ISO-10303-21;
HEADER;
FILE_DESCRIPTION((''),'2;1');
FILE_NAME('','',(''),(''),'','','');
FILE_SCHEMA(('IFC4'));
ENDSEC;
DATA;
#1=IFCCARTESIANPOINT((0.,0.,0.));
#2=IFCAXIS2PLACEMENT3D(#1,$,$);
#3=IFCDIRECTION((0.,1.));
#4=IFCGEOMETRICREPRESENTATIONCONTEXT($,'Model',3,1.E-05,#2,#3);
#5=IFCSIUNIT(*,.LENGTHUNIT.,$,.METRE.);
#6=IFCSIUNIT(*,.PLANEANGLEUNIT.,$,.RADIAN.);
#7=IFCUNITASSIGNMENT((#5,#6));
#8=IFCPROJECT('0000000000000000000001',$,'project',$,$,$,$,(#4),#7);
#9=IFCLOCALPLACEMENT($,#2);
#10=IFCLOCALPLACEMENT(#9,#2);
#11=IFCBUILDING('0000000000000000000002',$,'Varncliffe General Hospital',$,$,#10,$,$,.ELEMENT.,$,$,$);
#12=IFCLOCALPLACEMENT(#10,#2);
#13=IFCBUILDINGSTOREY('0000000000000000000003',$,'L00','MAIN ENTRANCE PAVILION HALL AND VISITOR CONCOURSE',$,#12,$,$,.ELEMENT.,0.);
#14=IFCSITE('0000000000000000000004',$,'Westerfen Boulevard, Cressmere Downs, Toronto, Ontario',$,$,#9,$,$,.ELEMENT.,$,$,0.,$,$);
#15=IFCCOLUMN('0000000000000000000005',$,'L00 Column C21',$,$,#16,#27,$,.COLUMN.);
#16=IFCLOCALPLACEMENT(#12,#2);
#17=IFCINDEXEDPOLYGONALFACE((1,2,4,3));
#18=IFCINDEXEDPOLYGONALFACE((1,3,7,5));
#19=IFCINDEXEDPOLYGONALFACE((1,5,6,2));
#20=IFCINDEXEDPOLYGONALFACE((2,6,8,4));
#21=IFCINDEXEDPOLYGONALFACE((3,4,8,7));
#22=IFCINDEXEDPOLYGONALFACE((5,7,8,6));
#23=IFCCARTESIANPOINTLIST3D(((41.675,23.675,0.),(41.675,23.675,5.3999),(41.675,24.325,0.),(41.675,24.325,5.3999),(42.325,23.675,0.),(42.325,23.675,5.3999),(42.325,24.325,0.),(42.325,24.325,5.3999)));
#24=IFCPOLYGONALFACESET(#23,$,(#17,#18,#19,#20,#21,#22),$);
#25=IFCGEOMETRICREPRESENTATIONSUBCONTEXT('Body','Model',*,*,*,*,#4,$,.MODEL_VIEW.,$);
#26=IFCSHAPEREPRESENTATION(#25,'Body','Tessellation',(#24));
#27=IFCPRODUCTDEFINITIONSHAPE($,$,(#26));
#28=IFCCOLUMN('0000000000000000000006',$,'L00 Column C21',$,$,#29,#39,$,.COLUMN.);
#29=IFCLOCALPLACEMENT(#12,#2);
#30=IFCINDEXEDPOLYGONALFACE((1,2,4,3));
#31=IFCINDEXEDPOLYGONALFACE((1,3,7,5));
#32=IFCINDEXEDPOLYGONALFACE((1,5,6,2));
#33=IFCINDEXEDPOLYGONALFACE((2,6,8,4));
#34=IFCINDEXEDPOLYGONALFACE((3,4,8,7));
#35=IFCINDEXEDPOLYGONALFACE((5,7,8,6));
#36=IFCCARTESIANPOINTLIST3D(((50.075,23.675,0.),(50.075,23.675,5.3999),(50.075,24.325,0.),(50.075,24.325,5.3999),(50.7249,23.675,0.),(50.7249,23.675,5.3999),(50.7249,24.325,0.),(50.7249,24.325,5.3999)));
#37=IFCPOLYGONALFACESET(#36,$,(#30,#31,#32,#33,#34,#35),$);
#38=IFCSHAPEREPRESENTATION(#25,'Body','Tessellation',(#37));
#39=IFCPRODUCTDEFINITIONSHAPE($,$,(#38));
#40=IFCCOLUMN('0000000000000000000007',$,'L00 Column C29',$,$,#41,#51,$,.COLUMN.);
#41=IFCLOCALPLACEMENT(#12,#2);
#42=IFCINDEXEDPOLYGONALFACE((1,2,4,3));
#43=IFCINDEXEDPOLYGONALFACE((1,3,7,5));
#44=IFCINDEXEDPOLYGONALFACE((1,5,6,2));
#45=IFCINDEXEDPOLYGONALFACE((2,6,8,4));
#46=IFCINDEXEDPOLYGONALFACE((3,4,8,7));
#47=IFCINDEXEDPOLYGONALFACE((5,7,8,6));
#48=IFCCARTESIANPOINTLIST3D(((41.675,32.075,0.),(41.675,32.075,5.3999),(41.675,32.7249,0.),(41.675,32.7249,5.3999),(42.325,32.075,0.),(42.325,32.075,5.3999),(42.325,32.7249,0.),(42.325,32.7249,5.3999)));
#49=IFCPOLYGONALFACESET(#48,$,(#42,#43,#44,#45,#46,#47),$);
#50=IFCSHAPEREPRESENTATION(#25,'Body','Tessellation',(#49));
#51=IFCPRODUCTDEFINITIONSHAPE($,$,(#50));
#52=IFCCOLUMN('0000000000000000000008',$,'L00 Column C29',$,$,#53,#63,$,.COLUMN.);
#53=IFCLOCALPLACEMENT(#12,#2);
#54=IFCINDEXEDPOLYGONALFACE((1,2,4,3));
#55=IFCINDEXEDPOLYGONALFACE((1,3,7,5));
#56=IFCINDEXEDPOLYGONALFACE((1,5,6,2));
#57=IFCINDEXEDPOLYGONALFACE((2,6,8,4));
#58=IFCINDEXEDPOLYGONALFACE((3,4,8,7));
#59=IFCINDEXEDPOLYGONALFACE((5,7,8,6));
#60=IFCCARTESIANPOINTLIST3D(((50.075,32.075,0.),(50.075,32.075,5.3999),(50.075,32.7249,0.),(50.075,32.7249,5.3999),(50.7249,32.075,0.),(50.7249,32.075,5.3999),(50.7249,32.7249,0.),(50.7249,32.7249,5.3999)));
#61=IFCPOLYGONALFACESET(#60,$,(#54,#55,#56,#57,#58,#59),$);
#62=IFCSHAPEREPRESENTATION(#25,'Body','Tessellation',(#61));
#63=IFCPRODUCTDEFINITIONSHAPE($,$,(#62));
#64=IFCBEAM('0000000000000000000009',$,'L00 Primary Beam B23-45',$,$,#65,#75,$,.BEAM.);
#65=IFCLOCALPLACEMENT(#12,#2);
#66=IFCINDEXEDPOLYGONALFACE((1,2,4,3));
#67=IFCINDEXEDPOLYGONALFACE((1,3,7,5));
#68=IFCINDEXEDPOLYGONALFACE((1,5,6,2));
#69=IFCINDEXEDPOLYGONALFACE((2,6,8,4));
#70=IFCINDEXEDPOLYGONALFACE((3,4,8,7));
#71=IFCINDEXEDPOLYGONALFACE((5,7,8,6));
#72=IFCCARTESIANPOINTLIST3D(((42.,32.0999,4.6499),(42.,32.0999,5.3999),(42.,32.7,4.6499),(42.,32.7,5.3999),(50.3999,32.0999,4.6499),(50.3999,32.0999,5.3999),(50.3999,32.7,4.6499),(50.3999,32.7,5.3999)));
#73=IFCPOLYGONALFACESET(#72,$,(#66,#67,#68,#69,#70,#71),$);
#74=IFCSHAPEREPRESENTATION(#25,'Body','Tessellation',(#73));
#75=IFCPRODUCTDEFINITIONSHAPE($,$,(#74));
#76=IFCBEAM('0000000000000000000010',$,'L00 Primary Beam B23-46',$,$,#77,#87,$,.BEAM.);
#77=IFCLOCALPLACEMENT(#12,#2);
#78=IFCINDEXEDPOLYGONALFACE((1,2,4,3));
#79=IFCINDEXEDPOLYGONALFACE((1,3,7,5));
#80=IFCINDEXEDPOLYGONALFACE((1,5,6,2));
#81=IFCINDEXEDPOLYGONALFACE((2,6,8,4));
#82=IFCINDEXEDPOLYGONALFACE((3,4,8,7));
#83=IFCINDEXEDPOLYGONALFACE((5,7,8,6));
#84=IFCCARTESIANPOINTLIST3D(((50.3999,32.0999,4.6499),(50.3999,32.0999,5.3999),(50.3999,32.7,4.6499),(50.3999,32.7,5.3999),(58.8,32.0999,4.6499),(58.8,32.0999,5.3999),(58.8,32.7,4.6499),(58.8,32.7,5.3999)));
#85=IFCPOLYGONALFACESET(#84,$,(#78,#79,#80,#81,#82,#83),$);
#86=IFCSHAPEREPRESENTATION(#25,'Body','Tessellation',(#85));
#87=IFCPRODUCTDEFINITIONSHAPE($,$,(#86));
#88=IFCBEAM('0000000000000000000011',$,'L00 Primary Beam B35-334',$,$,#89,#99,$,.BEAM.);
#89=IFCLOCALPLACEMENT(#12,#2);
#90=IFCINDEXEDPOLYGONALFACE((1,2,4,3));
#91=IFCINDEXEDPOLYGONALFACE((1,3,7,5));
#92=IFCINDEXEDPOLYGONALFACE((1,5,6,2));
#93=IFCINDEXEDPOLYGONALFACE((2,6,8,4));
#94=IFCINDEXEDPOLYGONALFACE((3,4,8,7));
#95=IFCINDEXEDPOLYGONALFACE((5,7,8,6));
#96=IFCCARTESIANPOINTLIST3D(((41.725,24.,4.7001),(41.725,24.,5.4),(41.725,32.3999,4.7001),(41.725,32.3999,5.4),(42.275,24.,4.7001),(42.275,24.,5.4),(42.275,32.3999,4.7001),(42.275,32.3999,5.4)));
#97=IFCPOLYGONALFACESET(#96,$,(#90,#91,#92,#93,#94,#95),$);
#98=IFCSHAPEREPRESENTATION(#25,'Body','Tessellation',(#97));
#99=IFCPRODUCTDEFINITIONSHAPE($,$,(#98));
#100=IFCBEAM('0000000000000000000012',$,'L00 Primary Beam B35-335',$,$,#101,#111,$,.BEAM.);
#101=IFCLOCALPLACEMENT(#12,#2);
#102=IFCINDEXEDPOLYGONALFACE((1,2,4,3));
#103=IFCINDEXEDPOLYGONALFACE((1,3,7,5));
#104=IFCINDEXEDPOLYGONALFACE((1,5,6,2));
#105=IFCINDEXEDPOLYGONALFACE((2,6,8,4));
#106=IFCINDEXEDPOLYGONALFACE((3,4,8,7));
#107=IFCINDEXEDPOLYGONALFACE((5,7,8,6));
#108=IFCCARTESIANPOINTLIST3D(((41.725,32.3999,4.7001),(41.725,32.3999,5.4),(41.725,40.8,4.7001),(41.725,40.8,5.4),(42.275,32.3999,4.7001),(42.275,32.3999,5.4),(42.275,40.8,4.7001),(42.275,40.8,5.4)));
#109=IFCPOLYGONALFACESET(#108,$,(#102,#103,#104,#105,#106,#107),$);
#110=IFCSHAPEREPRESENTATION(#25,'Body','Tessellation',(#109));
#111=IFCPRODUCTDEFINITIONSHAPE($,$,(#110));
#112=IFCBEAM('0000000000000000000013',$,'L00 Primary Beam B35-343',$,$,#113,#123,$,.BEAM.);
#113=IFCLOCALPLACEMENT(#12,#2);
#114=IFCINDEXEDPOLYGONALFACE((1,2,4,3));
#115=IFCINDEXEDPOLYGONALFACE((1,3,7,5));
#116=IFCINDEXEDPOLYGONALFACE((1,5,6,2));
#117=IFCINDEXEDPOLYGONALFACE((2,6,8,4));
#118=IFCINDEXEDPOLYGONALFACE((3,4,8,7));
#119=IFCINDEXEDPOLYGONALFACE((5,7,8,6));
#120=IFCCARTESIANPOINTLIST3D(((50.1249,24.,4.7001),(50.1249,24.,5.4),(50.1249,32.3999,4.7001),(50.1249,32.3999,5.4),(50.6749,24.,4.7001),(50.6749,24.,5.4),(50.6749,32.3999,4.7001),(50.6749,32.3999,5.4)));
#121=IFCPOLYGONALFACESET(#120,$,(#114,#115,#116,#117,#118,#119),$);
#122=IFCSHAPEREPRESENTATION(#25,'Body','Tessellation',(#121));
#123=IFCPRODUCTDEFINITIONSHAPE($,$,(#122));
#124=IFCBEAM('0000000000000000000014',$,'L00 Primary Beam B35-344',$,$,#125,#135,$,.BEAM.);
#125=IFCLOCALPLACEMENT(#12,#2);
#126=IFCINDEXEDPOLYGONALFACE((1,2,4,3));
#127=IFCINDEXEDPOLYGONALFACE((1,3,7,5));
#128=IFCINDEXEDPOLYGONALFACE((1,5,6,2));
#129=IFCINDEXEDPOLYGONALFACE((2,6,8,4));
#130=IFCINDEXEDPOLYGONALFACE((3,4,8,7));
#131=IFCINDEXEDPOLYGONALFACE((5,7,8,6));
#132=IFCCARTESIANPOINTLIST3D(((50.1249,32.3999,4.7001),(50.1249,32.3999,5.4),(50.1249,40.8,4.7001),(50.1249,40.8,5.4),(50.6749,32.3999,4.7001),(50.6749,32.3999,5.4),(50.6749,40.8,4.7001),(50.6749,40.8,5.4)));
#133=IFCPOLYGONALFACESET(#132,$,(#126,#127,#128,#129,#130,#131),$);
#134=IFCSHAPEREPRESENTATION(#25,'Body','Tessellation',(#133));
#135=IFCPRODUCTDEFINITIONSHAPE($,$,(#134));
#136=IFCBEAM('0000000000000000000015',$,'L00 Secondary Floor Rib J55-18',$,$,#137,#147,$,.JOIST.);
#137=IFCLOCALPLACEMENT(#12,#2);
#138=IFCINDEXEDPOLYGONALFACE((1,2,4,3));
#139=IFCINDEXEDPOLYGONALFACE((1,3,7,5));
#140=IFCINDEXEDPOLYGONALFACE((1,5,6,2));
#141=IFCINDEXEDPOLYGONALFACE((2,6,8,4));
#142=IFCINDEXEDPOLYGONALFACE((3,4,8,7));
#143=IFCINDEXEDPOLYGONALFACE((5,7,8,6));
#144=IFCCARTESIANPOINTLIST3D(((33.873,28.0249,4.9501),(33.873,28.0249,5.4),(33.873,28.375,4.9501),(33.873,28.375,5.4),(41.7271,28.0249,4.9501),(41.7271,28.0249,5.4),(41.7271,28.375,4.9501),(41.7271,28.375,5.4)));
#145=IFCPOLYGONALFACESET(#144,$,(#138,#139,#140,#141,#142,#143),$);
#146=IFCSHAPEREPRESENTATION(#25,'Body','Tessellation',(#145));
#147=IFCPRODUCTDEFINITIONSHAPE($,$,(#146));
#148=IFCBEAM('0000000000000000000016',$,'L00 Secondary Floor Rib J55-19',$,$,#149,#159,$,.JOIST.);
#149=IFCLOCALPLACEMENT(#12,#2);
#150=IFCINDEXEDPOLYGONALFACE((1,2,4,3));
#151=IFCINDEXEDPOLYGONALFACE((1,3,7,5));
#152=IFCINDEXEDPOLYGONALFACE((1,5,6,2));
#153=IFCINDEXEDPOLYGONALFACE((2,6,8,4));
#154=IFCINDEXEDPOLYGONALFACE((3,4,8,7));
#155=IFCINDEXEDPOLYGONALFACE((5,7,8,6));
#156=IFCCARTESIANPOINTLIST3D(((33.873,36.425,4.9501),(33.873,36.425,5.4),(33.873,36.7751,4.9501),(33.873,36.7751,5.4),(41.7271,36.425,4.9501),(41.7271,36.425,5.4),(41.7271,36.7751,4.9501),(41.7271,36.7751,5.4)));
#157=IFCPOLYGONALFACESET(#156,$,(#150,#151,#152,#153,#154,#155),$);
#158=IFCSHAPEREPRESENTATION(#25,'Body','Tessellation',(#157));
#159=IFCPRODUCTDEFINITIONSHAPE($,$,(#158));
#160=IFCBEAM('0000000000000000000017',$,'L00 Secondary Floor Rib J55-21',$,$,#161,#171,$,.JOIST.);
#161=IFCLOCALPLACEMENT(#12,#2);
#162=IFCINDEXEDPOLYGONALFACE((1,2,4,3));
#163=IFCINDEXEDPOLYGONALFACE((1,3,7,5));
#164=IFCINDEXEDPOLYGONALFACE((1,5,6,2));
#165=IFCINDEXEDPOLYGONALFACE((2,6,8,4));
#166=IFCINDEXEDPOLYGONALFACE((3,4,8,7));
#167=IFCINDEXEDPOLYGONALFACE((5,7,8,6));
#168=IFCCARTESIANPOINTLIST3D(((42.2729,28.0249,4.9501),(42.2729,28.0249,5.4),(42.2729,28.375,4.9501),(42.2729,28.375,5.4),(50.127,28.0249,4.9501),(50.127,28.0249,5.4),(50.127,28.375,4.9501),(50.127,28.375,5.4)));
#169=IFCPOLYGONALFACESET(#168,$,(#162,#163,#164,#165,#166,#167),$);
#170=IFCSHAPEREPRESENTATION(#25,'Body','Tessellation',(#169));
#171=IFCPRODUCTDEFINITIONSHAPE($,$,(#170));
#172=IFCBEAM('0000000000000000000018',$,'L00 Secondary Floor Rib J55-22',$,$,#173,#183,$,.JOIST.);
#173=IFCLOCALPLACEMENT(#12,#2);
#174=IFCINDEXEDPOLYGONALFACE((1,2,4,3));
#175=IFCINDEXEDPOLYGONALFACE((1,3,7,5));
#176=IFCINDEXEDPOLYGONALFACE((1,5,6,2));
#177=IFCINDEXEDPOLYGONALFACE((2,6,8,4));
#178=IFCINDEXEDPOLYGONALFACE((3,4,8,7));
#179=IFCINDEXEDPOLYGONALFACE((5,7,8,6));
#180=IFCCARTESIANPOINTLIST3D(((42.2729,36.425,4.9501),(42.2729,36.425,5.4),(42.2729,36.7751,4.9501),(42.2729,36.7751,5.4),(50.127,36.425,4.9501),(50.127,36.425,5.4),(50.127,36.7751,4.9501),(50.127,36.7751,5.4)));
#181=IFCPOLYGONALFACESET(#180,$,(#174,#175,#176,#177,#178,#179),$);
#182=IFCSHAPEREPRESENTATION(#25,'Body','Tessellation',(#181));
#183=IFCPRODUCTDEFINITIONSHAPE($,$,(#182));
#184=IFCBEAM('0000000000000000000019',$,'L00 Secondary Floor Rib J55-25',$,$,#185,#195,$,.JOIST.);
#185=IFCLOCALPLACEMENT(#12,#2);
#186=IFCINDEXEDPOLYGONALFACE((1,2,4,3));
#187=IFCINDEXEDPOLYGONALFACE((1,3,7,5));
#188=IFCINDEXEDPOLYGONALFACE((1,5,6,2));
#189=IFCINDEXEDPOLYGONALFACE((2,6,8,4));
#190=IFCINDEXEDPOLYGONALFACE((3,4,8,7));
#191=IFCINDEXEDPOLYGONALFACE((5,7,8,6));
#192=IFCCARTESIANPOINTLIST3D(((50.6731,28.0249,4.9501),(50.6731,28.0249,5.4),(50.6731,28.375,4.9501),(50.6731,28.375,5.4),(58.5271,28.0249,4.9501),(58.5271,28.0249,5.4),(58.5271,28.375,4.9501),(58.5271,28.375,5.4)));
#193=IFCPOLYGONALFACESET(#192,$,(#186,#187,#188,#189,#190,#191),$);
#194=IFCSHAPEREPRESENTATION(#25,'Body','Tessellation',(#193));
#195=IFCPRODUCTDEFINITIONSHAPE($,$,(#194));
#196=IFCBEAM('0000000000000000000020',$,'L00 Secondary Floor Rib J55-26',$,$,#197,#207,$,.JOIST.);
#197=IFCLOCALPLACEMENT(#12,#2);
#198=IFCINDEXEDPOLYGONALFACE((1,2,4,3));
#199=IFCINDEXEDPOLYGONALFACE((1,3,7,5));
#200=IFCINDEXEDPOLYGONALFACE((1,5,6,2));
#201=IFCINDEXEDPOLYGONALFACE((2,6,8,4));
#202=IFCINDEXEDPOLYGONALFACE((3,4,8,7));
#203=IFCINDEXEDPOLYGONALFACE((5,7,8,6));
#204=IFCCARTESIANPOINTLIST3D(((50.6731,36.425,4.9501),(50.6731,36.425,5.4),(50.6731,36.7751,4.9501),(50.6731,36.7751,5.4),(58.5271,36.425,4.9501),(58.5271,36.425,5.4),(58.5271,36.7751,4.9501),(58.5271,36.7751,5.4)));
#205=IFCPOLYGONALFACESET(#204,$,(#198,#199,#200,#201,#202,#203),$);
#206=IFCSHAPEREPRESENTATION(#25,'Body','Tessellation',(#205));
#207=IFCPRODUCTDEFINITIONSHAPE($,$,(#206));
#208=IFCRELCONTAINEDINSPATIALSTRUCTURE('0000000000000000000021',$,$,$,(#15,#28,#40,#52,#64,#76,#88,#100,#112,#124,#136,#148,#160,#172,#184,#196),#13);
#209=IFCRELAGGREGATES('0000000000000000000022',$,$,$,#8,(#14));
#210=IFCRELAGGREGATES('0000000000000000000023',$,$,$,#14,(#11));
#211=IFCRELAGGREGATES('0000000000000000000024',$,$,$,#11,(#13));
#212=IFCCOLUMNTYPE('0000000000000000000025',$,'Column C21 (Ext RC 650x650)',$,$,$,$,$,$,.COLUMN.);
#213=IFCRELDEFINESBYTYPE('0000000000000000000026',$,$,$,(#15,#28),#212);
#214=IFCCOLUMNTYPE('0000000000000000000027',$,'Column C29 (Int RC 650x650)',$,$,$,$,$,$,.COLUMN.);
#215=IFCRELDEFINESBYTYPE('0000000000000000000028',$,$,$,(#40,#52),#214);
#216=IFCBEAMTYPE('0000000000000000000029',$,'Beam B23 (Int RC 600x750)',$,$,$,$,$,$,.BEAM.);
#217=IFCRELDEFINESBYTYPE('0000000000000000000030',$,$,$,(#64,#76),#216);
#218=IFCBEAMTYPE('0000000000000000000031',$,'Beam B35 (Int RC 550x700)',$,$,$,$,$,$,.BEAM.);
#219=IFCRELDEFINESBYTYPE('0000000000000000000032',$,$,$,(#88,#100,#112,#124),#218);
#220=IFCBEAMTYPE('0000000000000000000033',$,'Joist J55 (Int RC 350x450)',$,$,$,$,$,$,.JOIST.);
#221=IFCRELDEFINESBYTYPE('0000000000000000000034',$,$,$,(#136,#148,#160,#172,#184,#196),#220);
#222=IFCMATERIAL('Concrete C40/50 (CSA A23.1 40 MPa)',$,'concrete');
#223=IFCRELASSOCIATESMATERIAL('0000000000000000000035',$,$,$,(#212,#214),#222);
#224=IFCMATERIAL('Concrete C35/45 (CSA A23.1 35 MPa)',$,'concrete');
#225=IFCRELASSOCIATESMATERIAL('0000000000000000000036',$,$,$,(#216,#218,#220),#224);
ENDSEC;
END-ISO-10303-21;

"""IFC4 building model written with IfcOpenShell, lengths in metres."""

from ifc_helpers import new_model, si_unit, direction, frame, origin, origin_2d, place, context, subcontext, project, spatial, rectangle, extrude, material, material_profile, profile_set, type_object, element, save


model = new_model("IFC4")

# Units and contexts
model_context = context("Model", 3, precision=1e-05, world=origin(), true_north=direction((0.0, 1.0)))
body_context = subcontext(model_context, "Body", "Model", "MODEL_VIEW")
ifc_project = project(units=[si_unit("LENGTHUNIT", "METRE"), si_unit("PLANEANGLEUNIT", "RADIAN")], contexts=[model_context])

# Site, building, storey
site_placement = place(None, origin())
site = spatial("IfcSite", under=ifc_project, at=site_placement, Name="Westerfen Boulevard, Cressmere Downs, Toronto, Ontario", CompositionType="ELEMENT", RefElevation=0.0)
building_placement = place(site_placement, origin())
building = spatial("IfcBuilding", under=site, at=building_placement, Name="Varncliffe General Hospital", CompositionType="ELEMENT")
storey_placement = place(building_placement, origin())
storey = spatial("IfcBuildingStorey", under=building, at=storey_placement, Name="L00", Description="MAIN ENTRANCE PAVILION HALL AND VISITOR CONCOURSE", CompositionType="ELEMENT", Elevation=0.0)

# Columns
ifc_material_1 = material(Name="Concrete C40/50 (CSA A23.1 40 MPa)", Category="concrete")
ifc_material_profile_1 = material_profile(ifc_material_1, rectangle(XDim=0.6499, YDim=0.6499, at=origin_2d()), Name="RC 650x650")
ifc_profile_set_1 = profile_set([ifc_material_profile_1], Name="Concrete C40/50 (CSA A23.1 40 MPa)")
column_type_1 = type_object("IfcColumnType", Name="Column C21 (Ext RC 650x650)", PredefinedType="COLUMN", material=ifc_profile_set_1)
for number, where, z_axis, x_axis, name in (
    (1, (42.0, 24.0, 0.0), (0.0, 0.0, 1.0), (1.0, 0.0, 0.0), "L00 Column C21"),
    (2, (50.3999, 24.0, 0.0), (0.0, 0.0, 1.0), (1.0, 0.0, 0.0), "L00 Column C21"),
):
    element("IfcColumn", number, at=place(storey_placement, frame(where, z_axis=z_axis, x_axis=x_axis)), inside=storey, type_object=column_type_1, Name=name, PredefinedType="COLUMN", context=body_context, shape_type="SweptSolid", body=[
        extrude(rectangle(XDim=0.6499, YDim=0.6499, at=origin_2d()), origin(), (0.0, 0.0, 1.0), 5.3999),
    ])
ifc_material_profile_2 = material_profile(ifc_material_1, rectangle(XDim=0.6499, YDim=0.6499, at=origin_2d()), Name="RC 650x650")
ifc_profile_set_2 = profile_set([ifc_material_profile_2], Name="Concrete C40/50 (CSA A23.1 40 MPa)")
column_type_2 = type_object("IfcColumnType", Name="Column C29 (Int RC 650x650)", PredefinedType="COLUMN", material=ifc_profile_set_2)
for number, where, z_axis, x_axis, name in (
    (3, (42.0, 32.3999, 0.0), (0.0, 0.0, 1.0), (1.0, 0.0, 0.0), "L00 Column C29"),
    (4, (50.3999, 32.3999, 0.0), (0.0, 0.0, 1.0), (1.0, 0.0, 0.0), "L00 Column C29"),
):
    element("IfcColumn", number, at=place(storey_placement, frame(where, z_axis=z_axis, x_axis=x_axis)), inside=storey, type_object=column_type_2, Name=name, PredefinedType="COLUMN", context=body_context, shape_type="SweptSolid", body=[
        extrude(rectangle(XDim=0.6499, YDim=0.6499, at=origin_2d()), origin(), (0.0, 0.0, 1.0), 5.3999),
    ])

# Beams
ifc_material_2 = material(Name="Concrete C35/45 (CSA A23.1 35 MPa)", Category="concrete")
ifc_material_profile_3 = material_profile(ifc_material_2, rectangle(XDim=0.6001, YDim=0.75, at=origin_2d()), Name="RC 600x750")
ifc_profile_set_3 = profile_set([ifc_material_profile_3], Name="Concrete C35/45 (CSA A23.1 35 MPa)")
beam_type_1 = type_object("IfcBeamType", Name="Beam B23 (Int RC 600x750)", PredefinedType="BEAM", material=ifc_profile_set_3)
beam_1_placement = place(storey_placement, frame((42.0, 32.3999, 5.0249), z_axis=(1.0, 0.0, 0.0), x_axis=(0.0, 1.0, 0.0)))
element("IfcBeam", 5, at=beam_1_placement, inside=storey, type_object=beam_type_1, Name="L00 Primary Beam B23-45", PredefinedType="BEAM", context=body_context, shape_type="SweptSolid", body=[
    extrude(rectangle(XDim=0.6001, YDim=0.75, at=origin_2d()), origin(), (0.0, 0.0, 1.0), 8.3999),
])
beam_2_placement = place(storey_placement, frame((50.3999, 32.3999, 5.0249), z_axis=(1.0, 0.0, 0.0), x_axis=(0.0, 1.0, 0.0)))
element("IfcBeam", 6, at=beam_2_placement, inside=storey, type_object=beam_type_1, Name="L00 Primary Beam B23-46", PredefinedType="BEAM", context=body_context, shape_type="SweptSolid", body=[
    extrude(rectangle(XDim=0.6001, YDim=0.75, at=origin_2d()), origin(), (0.0, 0.0, 1.0), 8.4001),
])
ifc_material_profile_4 = material_profile(ifc_material_2, rectangle(XDim=0.55, YDim=0.7, at=origin_2d()), Name="RC 550x700")
ifc_profile_set_4 = profile_set([ifc_material_profile_4], Name="Concrete C35/45 (CSA A23.1 35 MPa)")
beam_type_2 = type_object("IfcBeamType", Name="Beam B35 (Int RC 550x700)", PredefinedType="BEAM", material=ifc_profile_set_4)
beam_3_placement = place(storey_placement, frame((42.0, 24.0, 5.05), z_axis=(0.0, 1.0, 0.0), x_axis=(-1.0, 0.0, 0.0)))
element("IfcBeam", 7, at=beam_3_placement, inside=storey, type_object=beam_type_2, Name="L00 Primary Beam B35-334", PredefinedType="BEAM", context=body_context, shape_type="SweptSolid", body=[
    extrude(rectangle(XDim=0.55, YDim=0.7, at=origin_2d()), origin(), (0.0, 0.0, 1.0), 8.3999),
])
beam_4_placement = place(storey_placement, frame((42.0, 32.3999, 5.05), z_axis=(0.0, 1.0, 0.0), x_axis=(-1.0, 0.0, 0.0)))
element("IfcBeam", 8, at=beam_4_placement, inside=storey, type_object=beam_type_2, Name="L00 Primary Beam B35-335", PredefinedType="BEAM", context=body_context, shape_type="SweptSolid", body=[
    extrude(rectangle(XDim=0.55, YDim=0.7, at=origin_2d()), origin(), (0.0, 0.0, 1.0), 8.4001),
])
beam_5_placement = place(storey_placement, frame((50.3999, 24.0, 5.05), z_axis=(0.0, 1.0, 0.0), x_axis=(-1.0, 0.0, 0.0)))
element("IfcBeam", 9, at=beam_5_placement, inside=storey, type_object=beam_type_2, Name="L00 Primary Beam B35-343", PredefinedType="BEAM", context=body_context, shape_type="SweptSolid", body=[
    extrude(rectangle(XDim=0.55, YDim=0.7, at=origin_2d()), origin(), (0.0, 0.0, 1.0), 8.3999),
])
beam_6_placement = place(storey_placement, frame((50.3999, 32.3999, 5.05), z_axis=(0.0, 1.0, 0.0), x_axis=(-1.0, 0.0, 0.0)))
element("IfcBeam", 10, at=beam_6_placement, inside=storey, type_object=beam_type_2, Name="L00 Primary Beam B35-344", PredefinedType="BEAM", context=body_context, shape_type="SweptSolid", body=[
    extrude(rectangle(XDim=0.55, YDim=0.7, at=origin_2d()), origin(), (0.0, 0.0, 1.0), 8.4001),
])
ifc_material_profile_5 = material_profile(ifc_material_2, rectangle(XDim=0.3501, YDim=0.45, at=origin_2d()), Name="RC 350x450")
ifc_profile_set_5 = profile_set([ifc_material_profile_5], Name="Concrete C35/45 (CSA A23.1 35 MPa)")
beam_type_3 = type_object("IfcBeamType", Name="Joist J55 (Int RC 350x450)", PredefinedType="JOIST", material=ifc_profile_set_5)
for number, where, z_axis, x_axis, name in (
    (11, (33.873, 28.2, 5.175), (1.0, 0.0, 0.0), (0.0, 1.0, 0.0), "L00 Secondary Floor Rib J55-18"),
    (12, (33.873, 36.6001, 5.175), (1.0, 0.0, 0.0), (0.0, 1.0, 0.0), "L00 Secondary Floor Rib J55-19"),
    (13, (42.2729, 28.2, 5.175), (1.0, 0.0, 0.0), (0.0, 1.0, 0.0), "L00 Secondary Floor Rib J55-21"),
    (14, (42.2729, 36.6001, 5.175), (1.0, 0.0, 0.0), (0.0, 1.0, 0.0), "L00 Secondary Floor Rib J55-22"),
    (15, (50.6731, 28.2, 5.175), (1.0, 0.0, 0.0), (0.0, 1.0, 0.0), "L00 Secondary Floor Rib J55-25"),
    (16, (50.6731, 36.6001, 5.175), (1.0, 0.0, 0.0), (0.0, 1.0, 0.0), "L00 Secondary Floor Rib J55-26"),
):
    element("IfcBeam", number, at=place(storey_placement, frame(where, z_axis=z_axis, x_axis=x_axis)), inside=storey, type_object=beam_type_3, Name=name, PredefinedType="JOIST", context=body_context, shape_type="SweptSolid", body=[
        extrude(rectangle(XDim=0.3501, YDim=0.45, at=origin_2d()), origin(), (0.0, 0.0, 1.0), 7.854),
    ])

save(model, "model.ifc")
